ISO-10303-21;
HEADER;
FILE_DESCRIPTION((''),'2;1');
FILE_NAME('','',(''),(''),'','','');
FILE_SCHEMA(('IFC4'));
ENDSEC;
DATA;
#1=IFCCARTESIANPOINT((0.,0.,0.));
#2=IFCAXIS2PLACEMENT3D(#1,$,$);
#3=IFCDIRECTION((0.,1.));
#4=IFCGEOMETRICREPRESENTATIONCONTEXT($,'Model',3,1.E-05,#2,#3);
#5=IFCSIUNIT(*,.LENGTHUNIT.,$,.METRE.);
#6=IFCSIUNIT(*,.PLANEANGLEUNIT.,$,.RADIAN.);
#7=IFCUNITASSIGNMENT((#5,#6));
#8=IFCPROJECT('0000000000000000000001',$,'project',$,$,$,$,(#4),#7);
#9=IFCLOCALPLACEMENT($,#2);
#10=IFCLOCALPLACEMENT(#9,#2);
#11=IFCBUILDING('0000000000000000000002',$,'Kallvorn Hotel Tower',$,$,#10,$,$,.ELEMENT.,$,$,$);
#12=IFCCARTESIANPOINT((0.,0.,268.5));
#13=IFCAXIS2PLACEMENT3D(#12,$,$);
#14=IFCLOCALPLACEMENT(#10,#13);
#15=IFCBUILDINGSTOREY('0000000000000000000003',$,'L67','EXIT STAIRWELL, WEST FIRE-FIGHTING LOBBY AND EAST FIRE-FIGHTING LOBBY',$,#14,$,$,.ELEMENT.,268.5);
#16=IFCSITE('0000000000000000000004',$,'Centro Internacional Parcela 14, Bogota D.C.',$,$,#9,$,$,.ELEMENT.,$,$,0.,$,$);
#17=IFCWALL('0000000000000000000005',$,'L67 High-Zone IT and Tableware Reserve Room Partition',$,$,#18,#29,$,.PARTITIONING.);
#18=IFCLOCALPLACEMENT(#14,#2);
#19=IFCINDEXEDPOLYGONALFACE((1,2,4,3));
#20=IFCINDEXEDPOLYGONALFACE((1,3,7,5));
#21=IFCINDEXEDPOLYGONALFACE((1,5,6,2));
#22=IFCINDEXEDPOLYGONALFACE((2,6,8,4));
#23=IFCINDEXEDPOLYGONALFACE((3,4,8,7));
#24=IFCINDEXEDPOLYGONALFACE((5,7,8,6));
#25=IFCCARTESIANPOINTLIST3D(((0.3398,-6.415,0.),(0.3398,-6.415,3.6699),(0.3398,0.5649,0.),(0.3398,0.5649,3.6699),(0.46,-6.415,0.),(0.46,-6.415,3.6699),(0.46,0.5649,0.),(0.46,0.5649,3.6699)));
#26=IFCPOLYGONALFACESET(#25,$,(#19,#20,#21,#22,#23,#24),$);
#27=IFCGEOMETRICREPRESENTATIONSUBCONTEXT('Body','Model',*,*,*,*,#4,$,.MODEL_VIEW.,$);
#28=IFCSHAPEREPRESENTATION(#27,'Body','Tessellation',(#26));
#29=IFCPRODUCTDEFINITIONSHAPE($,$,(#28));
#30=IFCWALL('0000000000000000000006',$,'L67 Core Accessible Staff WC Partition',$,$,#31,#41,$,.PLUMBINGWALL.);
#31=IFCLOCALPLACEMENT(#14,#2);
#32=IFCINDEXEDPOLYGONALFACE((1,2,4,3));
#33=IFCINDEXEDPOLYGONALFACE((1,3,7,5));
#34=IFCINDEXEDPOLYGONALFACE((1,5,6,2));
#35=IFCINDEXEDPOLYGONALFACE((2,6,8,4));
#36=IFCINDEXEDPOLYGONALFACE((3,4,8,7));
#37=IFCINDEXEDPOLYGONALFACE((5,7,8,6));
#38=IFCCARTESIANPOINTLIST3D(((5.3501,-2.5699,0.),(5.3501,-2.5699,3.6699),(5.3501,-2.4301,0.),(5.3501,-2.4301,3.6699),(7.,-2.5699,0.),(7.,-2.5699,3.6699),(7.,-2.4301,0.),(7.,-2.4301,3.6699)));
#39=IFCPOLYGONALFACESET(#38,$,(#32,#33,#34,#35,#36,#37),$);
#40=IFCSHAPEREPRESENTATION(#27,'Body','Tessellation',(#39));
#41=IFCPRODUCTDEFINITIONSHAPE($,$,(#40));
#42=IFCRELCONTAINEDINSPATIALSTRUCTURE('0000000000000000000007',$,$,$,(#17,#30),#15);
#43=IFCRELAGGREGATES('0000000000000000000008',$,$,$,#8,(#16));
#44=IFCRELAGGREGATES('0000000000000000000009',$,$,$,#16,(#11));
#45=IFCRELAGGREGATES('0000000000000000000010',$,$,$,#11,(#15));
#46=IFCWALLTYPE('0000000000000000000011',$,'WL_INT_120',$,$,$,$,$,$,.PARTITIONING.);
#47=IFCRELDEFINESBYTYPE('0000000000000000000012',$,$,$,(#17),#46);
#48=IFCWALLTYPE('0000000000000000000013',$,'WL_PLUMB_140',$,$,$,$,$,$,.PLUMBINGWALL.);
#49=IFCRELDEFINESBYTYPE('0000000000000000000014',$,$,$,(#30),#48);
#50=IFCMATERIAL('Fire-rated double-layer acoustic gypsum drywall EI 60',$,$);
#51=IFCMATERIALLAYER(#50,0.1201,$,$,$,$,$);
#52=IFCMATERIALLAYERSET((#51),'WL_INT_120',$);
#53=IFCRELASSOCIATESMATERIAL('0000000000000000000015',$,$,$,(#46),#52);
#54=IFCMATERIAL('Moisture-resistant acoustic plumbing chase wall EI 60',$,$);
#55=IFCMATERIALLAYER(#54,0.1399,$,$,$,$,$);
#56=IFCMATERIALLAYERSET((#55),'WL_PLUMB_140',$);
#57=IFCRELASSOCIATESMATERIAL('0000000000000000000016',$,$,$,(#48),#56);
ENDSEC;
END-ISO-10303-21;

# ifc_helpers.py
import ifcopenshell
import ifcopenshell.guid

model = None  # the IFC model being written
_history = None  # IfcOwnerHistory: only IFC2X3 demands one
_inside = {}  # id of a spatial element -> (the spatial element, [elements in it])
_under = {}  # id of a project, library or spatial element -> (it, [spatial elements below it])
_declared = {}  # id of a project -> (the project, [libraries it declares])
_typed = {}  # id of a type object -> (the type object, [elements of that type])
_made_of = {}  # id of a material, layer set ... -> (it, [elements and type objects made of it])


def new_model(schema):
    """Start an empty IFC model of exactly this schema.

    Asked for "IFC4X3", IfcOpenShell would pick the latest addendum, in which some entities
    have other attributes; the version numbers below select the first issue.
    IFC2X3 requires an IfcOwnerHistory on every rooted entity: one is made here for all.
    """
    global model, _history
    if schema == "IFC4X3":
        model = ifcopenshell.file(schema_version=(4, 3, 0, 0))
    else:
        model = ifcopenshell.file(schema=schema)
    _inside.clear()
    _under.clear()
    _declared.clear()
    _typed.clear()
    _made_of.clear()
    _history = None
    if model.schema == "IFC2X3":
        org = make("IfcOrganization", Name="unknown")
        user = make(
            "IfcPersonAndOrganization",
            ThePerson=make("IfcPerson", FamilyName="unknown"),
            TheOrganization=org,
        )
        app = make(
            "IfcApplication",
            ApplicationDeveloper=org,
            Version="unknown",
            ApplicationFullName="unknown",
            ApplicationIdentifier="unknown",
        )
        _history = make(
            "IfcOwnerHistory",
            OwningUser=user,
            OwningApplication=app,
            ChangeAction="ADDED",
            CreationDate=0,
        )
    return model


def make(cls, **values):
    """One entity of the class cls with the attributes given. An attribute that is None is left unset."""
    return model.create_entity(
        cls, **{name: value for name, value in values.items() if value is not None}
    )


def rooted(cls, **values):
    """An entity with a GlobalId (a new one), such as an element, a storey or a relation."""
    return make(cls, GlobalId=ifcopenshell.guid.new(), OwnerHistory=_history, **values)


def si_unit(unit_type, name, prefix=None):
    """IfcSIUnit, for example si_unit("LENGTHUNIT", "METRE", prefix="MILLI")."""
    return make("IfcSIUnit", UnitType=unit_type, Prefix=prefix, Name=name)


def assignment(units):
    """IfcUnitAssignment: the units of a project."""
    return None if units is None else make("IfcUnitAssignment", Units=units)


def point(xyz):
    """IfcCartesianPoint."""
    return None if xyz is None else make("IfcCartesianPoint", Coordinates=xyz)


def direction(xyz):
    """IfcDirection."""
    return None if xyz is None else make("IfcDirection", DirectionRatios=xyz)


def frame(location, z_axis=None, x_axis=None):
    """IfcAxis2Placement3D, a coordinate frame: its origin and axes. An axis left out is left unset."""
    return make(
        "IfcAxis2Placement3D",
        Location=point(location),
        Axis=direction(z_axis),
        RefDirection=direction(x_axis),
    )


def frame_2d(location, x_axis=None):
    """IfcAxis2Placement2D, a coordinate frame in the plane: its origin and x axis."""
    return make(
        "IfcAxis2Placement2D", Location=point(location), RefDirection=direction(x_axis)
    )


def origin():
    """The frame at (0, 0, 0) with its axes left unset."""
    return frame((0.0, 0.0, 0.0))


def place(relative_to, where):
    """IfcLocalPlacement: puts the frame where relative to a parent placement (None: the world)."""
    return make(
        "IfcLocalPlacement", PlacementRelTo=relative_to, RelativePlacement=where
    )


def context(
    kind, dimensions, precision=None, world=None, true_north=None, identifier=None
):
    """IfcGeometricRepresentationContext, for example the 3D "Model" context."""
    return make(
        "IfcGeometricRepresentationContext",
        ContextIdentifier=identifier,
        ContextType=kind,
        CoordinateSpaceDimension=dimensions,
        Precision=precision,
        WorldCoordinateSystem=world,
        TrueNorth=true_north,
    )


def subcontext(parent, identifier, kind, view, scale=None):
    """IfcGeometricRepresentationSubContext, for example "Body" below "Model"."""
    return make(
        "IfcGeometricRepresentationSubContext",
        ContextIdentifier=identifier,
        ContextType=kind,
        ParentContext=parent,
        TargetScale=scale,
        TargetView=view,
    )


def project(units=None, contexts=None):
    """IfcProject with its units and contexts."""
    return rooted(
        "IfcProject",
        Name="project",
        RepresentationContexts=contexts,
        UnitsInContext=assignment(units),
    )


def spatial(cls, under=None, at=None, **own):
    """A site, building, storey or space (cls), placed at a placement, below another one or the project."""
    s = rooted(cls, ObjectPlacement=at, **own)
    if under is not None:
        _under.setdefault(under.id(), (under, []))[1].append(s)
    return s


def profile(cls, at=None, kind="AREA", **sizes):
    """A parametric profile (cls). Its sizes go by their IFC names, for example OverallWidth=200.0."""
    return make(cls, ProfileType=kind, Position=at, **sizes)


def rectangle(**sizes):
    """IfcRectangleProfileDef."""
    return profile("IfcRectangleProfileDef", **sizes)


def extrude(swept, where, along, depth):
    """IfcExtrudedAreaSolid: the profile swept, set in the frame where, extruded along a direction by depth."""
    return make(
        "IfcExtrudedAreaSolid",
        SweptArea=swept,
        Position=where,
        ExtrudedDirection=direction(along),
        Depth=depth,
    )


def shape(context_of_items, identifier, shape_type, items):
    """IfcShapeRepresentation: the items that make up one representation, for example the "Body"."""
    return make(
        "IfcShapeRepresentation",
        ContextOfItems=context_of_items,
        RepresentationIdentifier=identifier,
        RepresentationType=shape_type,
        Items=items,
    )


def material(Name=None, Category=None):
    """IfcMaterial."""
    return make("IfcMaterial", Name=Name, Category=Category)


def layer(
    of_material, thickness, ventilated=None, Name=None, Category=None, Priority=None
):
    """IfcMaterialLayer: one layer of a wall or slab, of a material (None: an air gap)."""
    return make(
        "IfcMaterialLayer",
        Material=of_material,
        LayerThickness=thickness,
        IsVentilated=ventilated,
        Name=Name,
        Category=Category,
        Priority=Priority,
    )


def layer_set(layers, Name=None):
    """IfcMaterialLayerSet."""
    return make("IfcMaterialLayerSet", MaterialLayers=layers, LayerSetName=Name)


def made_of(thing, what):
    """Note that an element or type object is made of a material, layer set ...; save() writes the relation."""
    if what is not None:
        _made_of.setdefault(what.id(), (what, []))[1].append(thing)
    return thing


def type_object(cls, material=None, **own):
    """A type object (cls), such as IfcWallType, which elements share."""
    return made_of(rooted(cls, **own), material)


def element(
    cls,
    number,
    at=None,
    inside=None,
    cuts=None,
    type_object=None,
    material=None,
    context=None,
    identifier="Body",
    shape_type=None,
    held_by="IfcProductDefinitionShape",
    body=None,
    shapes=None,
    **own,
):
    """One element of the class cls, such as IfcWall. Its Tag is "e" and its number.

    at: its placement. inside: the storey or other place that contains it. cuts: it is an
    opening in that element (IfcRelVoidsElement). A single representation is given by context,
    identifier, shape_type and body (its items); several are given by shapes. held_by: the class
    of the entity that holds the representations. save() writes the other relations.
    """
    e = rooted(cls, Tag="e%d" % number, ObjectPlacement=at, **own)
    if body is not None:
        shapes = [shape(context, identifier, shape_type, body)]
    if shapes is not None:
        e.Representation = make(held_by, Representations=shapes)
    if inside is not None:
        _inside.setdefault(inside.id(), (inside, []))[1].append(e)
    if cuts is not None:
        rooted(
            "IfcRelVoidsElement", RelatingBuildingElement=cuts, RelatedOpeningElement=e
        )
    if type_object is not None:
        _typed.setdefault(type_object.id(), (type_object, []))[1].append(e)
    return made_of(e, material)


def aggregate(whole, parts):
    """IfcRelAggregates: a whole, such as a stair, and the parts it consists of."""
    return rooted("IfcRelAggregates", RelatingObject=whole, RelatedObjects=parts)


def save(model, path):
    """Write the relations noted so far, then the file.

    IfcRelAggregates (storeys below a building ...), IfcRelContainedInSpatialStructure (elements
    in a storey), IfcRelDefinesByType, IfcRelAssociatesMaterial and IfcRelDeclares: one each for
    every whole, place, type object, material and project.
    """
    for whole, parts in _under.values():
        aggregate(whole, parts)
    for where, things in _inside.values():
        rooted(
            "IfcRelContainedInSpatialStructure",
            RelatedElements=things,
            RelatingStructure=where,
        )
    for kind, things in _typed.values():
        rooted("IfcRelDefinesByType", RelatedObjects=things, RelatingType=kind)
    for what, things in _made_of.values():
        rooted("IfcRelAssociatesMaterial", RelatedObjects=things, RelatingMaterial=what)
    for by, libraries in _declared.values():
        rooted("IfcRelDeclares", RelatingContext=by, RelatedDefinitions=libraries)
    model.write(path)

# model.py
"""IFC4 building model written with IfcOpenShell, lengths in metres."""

from ifc_helpers import new_model, si_unit, direction, frame, frame_2d, origin, place, context, subcontext, project, spatial, rectangle, extrude, material, layer, layer_set, type_object, element, save


model = new_model("IFC4")

# Units and contexts
model_context = context("Model", 3, precision=1e-05, world=origin(), true_north=direction((0.0, 1.0)))
body_context = subcontext(model_context, "Body", "Model", "MODEL_VIEW")
ifc_project = project(units=[si_unit("LENGTHUNIT", "METRE"), si_unit("PLANEANGLEUNIT", "RADIAN")], contexts=[model_context])

# Site, building, storey
site_placement = place(None, origin())
site = spatial("IfcSite", under=ifc_project, at=site_placement, Name="Centro Internacional Parcela 14, Bogota D.C.", CompositionType="ELEMENT", RefElevation=0.0)
building_placement = place(site_placement, origin())
building = spatial("IfcBuilding", under=site, at=building_placement, Name="Kallvorn Hotel Tower", CompositionType="ELEMENT")
storey_placement = place(building_placement, frame((0.0, 0.0, 268.5)))
storey = spatial("IfcBuildingStorey", under=building, at=storey_placement, Name="L67", Description="EXIT STAIRWELL, WEST FIRE-FIGHTING LOBBY AND EAST FIRE-FIGHTING LOBBY", CompositionType="ELEMENT", Elevation=268.5)

# Shared definitions
ifc_material_1 = material(Name="Fire-rated double-layer acoustic gypsum drywall EI 60")
ifc_layer_1 = layer(ifc_material_1, 0.1201)
ifc_layer_set_1 = layer_set([ifc_layer_1], Name="WL_INT_120")
wall_type_1 = type_object("IfcWallType", Name="WL_INT_120", PredefinedType="PARTITIONING", material=ifc_layer_set_1)

# Walls
wall_1_placement = place(storey_placement, frame((0.3999, -6.415, 0.0), z_axis=(0.0, 0.0, 1.0), x_axis=(0.0, 1.0, 0.0)))
element("IfcWall", 1, at=wall_1_placement, inside=storey, type_object=wall_type_1, Name="L67 High-Zone IT and Tableware Reserve Room Partition", PredefinedType="PARTITIONING", context=body_context, shape_type="SweptSolid", body=[
    extrude(rectangle(XDim=6.98, YDim=0.1201, at=frame_2d((3.49, 0.0))), origin(), (0.0, 0.0, 1.0), 3.6699),
])
ifc_material_2 = material(Name="Moisture-resistant acoustic plumbing chase wall EI 60")
ifc_layer_2 = layer(ifc_material_2, 0.1399)
ifc_layer_set_2 = layer_set([ifc_layer_2], Name="WL_PLUMB_140")
wall_type_2 = type_object("IfcWallType", Name="WL_PLUMB_140", PredefinedType="PLUMBINGWALL", material=ifc_layer_set_2)
wall_2_placement = place(storey_placement, frame((5.3501, -2.5, 0.0), z_axis=(0.0, 0.0, 1.0), x_axis=(1.0, 0.0, 0.0)))
element("IfcWall", 2, at=wall_2_placement, inside=storey, type_object=wall_type_2, Name="L67 Core Accessible Staff WC Partition", PredefinedType="PLUMBINGWALL", context=body_context, shape_type="SweptSolid", body=[
    extrude(rectangle(XDim=1.6499, YDim=0.1399, at=frame_2d((0.825, 0.0))), origin(), (0.0, 0.0, 1.0), 3.6699),
])

save(model, "model.ifc")
